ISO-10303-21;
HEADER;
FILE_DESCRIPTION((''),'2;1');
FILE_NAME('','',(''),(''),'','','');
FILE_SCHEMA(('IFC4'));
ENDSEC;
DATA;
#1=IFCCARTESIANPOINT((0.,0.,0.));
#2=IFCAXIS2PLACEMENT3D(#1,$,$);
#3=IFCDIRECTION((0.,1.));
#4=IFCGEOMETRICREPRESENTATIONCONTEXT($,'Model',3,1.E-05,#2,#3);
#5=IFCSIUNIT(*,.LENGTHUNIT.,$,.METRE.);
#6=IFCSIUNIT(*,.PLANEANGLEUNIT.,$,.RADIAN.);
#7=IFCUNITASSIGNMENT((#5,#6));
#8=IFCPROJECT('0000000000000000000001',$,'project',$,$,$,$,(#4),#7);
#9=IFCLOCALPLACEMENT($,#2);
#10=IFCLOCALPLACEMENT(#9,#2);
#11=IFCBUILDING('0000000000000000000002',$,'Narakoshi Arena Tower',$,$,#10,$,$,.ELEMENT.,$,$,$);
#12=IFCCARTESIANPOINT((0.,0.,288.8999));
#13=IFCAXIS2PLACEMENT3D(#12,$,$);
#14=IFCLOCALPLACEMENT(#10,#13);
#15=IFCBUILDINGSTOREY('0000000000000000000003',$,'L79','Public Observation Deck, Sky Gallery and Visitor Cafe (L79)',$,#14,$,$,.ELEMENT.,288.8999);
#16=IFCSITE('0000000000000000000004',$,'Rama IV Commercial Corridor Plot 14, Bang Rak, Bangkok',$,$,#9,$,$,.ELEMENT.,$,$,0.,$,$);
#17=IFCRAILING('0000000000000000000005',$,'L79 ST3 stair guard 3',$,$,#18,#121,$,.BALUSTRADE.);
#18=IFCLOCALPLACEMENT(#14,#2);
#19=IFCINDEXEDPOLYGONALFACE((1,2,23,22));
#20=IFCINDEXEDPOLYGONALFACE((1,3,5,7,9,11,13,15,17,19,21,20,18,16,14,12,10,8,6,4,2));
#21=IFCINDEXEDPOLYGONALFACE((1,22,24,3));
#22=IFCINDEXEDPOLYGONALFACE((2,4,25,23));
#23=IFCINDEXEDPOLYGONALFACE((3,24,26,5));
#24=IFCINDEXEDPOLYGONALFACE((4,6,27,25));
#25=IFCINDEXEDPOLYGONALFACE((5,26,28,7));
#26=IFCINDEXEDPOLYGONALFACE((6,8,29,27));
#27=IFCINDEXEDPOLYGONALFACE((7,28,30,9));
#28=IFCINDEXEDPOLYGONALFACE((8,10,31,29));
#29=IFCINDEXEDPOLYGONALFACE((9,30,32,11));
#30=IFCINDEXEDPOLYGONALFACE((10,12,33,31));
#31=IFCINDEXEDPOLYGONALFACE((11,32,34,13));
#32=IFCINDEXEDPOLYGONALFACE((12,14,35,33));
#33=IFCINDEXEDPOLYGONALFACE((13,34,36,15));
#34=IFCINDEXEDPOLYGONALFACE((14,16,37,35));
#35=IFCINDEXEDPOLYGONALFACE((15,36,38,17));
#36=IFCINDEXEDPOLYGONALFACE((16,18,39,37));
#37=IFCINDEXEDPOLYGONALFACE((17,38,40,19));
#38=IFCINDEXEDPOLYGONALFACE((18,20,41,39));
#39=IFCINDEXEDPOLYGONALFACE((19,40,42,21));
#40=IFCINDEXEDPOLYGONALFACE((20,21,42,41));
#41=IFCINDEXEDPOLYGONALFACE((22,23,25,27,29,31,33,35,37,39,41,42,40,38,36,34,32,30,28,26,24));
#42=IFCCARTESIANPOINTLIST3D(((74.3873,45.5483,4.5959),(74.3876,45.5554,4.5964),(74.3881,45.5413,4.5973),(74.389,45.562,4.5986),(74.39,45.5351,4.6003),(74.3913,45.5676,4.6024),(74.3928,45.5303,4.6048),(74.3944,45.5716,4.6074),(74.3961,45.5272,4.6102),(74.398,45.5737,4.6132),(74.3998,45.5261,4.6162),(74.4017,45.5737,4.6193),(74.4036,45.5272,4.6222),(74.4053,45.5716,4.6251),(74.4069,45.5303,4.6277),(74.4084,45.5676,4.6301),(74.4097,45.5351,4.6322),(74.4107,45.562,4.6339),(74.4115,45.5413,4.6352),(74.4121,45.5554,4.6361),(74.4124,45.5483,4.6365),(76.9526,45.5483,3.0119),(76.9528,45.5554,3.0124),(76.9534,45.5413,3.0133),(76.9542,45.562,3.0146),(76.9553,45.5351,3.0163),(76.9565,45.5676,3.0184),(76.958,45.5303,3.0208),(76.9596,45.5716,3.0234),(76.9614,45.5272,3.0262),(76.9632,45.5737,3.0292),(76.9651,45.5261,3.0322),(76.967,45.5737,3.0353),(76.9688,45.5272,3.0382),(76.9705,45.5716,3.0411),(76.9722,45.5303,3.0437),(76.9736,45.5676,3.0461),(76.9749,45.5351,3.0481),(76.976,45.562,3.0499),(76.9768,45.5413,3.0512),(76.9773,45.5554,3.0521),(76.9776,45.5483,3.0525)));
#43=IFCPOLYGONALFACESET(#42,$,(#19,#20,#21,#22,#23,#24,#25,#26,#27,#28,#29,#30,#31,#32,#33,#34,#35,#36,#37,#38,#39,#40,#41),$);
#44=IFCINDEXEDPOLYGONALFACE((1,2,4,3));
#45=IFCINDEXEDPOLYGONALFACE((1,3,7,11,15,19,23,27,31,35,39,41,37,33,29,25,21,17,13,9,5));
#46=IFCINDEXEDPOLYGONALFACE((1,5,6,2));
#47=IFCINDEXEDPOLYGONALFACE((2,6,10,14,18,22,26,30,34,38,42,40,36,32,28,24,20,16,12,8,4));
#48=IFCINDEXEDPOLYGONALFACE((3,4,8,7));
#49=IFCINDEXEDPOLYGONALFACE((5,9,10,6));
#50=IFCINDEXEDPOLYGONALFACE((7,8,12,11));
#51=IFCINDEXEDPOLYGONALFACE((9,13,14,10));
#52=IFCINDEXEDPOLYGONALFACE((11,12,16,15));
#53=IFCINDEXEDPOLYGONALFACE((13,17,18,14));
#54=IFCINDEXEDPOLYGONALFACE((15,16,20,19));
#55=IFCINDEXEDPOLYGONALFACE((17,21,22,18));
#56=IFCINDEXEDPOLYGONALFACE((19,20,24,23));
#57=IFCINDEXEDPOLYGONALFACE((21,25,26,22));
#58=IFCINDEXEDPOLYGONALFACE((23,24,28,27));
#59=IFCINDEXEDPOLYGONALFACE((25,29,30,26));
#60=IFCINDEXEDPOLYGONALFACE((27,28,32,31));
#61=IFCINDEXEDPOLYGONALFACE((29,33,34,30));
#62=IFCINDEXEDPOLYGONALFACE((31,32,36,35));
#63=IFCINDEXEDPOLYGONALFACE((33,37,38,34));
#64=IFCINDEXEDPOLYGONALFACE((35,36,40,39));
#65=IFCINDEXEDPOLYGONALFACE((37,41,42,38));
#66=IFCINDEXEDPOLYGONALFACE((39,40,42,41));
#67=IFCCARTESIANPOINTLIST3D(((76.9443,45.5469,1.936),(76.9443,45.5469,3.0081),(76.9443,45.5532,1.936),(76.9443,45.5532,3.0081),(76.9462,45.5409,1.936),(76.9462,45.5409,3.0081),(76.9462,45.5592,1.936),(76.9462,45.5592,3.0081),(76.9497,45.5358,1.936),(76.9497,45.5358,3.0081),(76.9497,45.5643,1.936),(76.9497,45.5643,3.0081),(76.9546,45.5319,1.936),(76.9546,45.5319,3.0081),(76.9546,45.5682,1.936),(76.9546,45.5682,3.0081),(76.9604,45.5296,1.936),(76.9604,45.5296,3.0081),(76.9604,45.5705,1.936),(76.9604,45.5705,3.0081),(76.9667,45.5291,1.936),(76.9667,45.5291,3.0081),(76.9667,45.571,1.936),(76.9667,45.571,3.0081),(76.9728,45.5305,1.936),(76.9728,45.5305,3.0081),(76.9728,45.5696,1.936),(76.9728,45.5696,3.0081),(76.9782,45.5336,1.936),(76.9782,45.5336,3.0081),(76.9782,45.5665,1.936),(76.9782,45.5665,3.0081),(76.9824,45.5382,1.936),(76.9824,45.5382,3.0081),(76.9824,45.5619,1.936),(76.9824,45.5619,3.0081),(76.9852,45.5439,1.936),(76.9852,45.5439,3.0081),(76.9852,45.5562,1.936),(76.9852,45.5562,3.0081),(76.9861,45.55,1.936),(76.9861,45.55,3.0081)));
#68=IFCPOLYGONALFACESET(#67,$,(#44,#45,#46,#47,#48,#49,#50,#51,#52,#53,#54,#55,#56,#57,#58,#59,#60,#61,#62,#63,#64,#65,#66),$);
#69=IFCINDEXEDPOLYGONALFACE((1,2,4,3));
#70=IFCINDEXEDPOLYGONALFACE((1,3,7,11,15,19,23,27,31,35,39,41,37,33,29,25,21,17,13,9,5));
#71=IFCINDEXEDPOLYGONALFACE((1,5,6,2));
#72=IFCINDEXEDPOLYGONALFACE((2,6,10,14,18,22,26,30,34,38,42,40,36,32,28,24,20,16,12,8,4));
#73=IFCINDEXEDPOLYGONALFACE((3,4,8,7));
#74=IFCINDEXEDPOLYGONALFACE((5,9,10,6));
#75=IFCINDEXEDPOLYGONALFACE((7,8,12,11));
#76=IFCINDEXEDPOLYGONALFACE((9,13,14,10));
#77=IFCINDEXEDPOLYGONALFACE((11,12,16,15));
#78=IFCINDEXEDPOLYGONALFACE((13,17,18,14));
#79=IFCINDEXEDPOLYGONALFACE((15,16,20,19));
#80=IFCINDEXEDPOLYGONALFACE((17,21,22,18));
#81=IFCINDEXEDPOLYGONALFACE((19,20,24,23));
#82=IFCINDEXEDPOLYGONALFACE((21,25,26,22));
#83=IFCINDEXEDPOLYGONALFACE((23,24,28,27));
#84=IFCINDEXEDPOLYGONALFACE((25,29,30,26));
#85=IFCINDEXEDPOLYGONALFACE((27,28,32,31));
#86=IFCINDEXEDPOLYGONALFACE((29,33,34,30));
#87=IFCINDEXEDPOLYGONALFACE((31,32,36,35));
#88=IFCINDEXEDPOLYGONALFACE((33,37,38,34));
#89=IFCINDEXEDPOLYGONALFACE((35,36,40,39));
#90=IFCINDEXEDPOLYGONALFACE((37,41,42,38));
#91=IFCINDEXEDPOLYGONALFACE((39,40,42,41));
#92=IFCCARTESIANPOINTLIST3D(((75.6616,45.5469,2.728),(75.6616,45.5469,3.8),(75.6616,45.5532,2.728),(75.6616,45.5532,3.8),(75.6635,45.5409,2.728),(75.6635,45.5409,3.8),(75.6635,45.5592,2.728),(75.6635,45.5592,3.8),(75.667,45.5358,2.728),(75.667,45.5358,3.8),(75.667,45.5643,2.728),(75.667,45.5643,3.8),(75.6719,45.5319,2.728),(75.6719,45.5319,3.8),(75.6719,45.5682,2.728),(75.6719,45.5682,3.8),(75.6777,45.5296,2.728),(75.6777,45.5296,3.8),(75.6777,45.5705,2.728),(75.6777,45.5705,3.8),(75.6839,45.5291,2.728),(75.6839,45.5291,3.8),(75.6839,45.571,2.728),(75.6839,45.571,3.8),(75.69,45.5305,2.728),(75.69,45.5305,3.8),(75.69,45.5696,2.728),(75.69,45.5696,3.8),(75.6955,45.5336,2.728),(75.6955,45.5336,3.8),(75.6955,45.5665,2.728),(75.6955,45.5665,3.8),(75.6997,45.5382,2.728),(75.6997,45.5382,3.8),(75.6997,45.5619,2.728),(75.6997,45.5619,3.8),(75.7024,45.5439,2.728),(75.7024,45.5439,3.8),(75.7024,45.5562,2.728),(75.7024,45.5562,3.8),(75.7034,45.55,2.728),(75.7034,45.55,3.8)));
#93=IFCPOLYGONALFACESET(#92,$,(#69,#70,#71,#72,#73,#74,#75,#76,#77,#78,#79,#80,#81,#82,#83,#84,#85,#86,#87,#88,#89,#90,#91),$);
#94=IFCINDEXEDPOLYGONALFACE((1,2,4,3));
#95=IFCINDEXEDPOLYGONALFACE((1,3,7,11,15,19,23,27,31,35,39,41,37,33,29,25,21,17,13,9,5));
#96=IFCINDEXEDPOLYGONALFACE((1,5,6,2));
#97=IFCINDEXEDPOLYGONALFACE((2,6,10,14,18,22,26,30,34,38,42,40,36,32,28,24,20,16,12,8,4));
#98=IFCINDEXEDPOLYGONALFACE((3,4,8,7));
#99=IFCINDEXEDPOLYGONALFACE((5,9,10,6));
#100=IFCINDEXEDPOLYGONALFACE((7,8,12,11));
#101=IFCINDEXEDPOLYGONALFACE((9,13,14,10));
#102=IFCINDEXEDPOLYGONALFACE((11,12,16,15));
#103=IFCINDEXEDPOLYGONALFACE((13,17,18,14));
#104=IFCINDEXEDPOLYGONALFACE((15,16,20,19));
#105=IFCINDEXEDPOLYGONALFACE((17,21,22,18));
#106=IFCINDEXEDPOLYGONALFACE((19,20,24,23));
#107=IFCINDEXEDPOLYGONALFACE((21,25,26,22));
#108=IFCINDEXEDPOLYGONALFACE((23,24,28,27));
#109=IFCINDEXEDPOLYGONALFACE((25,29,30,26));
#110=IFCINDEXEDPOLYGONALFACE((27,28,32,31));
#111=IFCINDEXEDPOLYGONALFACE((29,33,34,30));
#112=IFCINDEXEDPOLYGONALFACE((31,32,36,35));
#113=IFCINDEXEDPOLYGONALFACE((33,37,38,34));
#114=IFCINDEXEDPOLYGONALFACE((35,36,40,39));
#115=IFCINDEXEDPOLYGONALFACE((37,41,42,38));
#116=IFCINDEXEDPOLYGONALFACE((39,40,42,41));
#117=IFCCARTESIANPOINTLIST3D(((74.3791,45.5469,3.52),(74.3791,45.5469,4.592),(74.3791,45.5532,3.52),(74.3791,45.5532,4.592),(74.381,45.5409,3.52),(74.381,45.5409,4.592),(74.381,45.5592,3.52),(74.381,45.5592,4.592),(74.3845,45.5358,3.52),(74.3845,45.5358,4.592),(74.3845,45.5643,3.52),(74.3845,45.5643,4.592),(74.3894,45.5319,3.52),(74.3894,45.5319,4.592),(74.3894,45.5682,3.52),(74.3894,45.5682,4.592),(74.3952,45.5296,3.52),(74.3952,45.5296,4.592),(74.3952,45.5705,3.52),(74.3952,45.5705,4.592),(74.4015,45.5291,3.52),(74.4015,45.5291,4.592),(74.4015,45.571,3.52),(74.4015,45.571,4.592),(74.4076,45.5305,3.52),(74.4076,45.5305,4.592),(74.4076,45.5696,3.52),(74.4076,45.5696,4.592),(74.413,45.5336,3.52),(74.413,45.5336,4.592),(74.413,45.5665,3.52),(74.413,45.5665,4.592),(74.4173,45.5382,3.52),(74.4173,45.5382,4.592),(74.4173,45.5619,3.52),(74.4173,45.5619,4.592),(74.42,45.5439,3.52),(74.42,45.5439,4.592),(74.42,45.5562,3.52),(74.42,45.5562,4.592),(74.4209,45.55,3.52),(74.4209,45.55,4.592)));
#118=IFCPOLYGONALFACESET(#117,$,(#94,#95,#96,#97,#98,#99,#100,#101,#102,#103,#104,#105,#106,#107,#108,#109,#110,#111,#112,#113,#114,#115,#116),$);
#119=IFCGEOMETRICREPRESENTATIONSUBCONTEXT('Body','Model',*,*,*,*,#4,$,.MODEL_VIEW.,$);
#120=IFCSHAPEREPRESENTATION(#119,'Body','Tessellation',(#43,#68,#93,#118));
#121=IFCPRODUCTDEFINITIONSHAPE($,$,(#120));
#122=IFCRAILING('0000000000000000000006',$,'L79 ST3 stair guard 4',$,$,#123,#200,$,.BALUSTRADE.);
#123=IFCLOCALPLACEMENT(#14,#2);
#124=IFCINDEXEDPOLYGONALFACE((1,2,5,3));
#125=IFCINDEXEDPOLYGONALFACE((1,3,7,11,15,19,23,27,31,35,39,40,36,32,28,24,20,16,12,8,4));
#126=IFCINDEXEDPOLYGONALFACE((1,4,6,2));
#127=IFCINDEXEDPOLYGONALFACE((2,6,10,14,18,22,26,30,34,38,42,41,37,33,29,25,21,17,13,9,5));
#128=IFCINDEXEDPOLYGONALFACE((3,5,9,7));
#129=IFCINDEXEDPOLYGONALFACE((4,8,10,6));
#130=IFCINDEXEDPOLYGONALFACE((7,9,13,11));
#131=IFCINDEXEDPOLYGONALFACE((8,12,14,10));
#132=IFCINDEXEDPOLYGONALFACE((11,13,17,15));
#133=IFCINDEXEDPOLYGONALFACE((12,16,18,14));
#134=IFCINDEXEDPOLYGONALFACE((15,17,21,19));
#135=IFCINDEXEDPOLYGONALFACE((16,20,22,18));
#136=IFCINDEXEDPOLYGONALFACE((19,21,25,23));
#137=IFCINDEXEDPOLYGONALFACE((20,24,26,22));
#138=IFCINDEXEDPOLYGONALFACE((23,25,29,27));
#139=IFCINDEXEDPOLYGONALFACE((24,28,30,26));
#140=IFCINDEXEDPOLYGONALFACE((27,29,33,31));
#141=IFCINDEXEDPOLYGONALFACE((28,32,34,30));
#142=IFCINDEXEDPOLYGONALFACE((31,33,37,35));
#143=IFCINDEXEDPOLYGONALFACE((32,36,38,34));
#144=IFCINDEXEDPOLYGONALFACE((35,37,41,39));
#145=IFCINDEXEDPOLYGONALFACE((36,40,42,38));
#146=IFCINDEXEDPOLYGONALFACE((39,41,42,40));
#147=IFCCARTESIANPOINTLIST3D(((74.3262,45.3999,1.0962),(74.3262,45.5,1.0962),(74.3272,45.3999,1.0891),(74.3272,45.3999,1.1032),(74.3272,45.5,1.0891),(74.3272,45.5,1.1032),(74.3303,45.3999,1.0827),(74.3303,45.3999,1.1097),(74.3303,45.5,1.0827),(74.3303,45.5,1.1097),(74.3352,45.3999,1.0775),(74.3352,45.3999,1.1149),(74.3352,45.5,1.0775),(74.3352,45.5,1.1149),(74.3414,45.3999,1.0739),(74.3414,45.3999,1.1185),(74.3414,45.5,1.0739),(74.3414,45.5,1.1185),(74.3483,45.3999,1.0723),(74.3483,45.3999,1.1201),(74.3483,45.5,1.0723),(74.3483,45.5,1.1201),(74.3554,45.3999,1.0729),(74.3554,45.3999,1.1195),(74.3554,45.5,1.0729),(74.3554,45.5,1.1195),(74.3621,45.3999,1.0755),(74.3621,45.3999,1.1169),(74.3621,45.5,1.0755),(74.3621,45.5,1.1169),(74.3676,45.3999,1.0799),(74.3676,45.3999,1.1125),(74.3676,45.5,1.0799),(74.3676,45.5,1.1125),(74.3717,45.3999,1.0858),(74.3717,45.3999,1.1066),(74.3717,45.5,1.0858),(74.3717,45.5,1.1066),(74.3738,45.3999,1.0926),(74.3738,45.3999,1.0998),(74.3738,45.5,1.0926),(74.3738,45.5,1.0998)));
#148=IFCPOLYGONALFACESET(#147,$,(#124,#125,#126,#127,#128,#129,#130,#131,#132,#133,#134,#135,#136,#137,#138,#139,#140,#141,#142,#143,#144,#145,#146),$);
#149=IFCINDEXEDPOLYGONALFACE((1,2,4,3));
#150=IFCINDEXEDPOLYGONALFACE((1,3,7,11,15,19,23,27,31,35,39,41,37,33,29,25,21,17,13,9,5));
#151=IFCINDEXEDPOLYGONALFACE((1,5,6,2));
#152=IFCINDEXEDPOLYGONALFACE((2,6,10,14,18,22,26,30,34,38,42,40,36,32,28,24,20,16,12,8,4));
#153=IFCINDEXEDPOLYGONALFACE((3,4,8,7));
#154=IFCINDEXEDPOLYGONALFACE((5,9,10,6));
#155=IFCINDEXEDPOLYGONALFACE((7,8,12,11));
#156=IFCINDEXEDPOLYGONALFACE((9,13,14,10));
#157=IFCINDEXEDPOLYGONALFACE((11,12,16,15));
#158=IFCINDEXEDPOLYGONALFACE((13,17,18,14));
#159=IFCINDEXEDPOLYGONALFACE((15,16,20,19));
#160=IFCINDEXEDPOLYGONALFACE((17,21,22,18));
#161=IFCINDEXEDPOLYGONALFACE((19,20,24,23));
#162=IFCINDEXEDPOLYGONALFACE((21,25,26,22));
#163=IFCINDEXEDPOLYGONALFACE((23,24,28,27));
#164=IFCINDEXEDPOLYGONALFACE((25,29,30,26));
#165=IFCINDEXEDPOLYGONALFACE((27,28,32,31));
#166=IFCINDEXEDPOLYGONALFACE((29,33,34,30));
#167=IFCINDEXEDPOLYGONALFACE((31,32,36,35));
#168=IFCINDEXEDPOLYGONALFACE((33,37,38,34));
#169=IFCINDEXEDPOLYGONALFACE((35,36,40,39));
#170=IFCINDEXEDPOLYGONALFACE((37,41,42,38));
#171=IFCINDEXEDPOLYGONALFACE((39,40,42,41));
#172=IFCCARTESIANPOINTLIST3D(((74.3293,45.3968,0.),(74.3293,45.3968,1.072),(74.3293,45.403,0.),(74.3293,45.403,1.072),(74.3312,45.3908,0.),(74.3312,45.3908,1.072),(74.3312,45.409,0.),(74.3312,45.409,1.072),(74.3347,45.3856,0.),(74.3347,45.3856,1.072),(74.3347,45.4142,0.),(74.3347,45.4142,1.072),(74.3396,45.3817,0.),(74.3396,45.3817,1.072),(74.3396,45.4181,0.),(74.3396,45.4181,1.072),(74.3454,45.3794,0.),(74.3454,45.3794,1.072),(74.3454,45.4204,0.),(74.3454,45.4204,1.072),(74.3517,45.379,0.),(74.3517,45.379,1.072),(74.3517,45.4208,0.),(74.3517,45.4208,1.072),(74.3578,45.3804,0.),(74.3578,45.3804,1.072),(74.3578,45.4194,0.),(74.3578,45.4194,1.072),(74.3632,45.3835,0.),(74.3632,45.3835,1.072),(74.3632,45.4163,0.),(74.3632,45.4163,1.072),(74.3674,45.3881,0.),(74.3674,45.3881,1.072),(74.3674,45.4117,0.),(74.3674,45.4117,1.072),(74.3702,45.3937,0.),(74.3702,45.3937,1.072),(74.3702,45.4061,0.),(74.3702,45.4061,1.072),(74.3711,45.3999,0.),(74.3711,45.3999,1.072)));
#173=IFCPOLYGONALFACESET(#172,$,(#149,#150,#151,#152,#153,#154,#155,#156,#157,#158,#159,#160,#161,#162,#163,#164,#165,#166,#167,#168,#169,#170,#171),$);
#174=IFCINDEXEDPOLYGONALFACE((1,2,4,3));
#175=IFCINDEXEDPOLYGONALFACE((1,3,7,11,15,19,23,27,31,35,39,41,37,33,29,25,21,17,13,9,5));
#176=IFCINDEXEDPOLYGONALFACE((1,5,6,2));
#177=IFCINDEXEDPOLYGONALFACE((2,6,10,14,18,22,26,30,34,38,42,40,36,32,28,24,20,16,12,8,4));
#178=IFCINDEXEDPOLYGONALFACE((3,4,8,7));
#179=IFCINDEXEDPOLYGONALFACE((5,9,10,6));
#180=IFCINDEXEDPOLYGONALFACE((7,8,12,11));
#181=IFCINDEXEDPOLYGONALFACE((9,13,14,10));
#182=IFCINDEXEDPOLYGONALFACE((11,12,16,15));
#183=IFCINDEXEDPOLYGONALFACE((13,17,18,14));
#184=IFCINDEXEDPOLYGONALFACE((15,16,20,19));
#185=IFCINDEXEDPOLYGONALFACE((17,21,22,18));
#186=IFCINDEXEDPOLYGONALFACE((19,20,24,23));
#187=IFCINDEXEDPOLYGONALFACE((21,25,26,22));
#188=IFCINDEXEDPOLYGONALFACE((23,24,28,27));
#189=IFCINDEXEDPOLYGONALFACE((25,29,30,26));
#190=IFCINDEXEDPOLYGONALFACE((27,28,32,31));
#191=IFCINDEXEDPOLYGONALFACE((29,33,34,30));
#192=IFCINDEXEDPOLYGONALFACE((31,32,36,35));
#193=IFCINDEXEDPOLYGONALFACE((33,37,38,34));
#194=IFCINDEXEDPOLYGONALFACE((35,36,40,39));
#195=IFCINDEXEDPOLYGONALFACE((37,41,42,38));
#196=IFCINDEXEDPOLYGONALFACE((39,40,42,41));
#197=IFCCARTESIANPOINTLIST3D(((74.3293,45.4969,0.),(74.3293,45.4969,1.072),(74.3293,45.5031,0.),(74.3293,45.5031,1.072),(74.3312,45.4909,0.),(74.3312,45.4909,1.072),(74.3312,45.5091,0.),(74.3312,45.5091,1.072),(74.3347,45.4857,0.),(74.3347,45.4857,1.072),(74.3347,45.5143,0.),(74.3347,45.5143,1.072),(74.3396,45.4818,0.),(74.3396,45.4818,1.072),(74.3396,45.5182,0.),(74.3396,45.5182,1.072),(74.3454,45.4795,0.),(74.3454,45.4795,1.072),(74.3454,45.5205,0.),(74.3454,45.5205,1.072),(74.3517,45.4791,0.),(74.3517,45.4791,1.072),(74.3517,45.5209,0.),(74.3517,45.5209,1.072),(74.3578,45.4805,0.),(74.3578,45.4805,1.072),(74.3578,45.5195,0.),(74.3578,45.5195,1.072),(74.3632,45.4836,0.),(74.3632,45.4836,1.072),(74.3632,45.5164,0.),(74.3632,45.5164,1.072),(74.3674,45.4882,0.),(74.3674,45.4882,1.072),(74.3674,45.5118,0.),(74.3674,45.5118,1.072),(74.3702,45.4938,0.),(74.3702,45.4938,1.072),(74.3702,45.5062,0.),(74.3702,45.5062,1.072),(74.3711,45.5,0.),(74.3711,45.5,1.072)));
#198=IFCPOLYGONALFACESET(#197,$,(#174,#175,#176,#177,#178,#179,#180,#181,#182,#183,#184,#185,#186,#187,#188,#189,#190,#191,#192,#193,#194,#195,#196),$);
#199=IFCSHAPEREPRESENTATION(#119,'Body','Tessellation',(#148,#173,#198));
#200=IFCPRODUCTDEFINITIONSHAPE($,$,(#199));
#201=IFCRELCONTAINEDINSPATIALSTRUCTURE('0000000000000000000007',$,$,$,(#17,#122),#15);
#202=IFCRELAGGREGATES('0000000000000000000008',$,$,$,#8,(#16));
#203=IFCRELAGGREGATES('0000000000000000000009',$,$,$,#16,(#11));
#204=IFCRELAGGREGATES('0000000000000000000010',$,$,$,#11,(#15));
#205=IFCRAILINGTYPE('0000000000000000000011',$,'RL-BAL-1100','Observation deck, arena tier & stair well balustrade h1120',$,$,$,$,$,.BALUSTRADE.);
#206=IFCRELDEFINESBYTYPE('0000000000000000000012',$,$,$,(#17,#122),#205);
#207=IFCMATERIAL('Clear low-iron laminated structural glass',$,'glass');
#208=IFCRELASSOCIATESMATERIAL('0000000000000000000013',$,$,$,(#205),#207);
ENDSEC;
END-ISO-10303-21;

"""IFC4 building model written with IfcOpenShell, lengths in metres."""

from ifc_helpers import new_model, si_unit, direction, frame, origin, origin_2d, place, context, subcontext, project, spatial, circle, extrude, material, type_object, element, save


model = new_model("IFC4")

# Units and contexts
model_context = context("Model", 3, precision=1e-05, world=origin(), true_north=direction((0.0, 1.0)))
body_context = subcontext(model_context, "Body", "Model", "MODEL_VIEW")
ifc_project = project(units=[si_unit("LENGTHUNIT", "METRE"), si_unit("PLANEANGLEUNIT", "RADIAN")], contexts=[model_context])

# Site, building, storey
site_placement = place(None, origin())
site = spatial("IfcSite", under=ifc_project, at=site_placement, Name="Rama IV Commercial Corridor Plot 14, Bang Rak, Bangkok", CompositionType="ELEMENT", RefElevation=0.0)
building_placement = place(site_placement, origin())
building = spatial("IfcBuilding", under=site, at=building_placement, Name="Narakoshi Arena Tower", CompositionType="ELEMENT")
storey_placement = place(building_placement, frame((0.0, 0.0, 288.8999)))
storey = spatial("IfcBuildingStorey", under=building, at=storey_placement, Name="L79", Description="Public Observation Deck, Sky Gallery and Visitor Cafe (L79)", CompositionType="ELEMENT", Elevation=288.8999)

# Railings
ifc_material_1 = material(Name="Clear low-iron laminated structural glass", Category="glass")
railing_type_1 = type_object("IfcRailingType", Name="RL-BAL-1100", Description="Observation deck, arena tier & stair well balustrade h1120", PredefinedType="BALUSTRADE", material=ifc_material_1)
railing_1_placement = place(storey_placement, frame((76.9651, 45.55, 1.936)))
element("IfcRailing", 1, at=railing_1_placement, inside=storey, type_object=railing_type_1, Name="L79 ST3 stair guard 3", PredefinedType="BALUSTRADE", context=body_context, shape_type="SweptSolid", body=[
    extrude(circle(Radius=0.0239, at=origin_2d()), frame((0.0, 0.0, 1.0962), z_axis=(-0.850857, 0.0, 0.525398), x_axis=(0.0, -1.0, 0.0)), (0.0, 0.0, 1.0), 3.0149),
    extrude(circle(Radius=0.021, at=origin_2d()), origin(), (0.0, 0.0, 1.0), 1.072),
    extrude(circle(Radius=0.021, at=origin_2d()), frame((-1.2827, 0.0, 0.792)), (0.0, 0.0, 1.0), 1.072),
    extrude(circle(Radius=0.021, at=origin_2d()), frame((-2.5652, 0.0, 1.584)), (0.0, 0.0, 1.0), 1.072),
])
railing_2_placement = place(storey_placement, frame((74.3501, 45.3999, 0.0)))
element("IfcRailing", 2, at=railing_2_placement, inside=storey, type_object=railing_type_1, Name="L79 ST3 stair guard 4", PredefinedType="BALUSTRADE", context=body_context, shape_type="SweptSolid", body=[
    extrude(circle(Radius=0.0239, at=origin_2d()), frame((0.0, 0.0, 1.0962), z_axis=(0.0, 1.0, 0.0), x_axis=(-1.0, 0.0, 0.0)), (0.0, 0.0, 1.0), 0.1001),
    extrude(circle(Radius=0.021, at=origin_2d()), origin(), (0.0, 0.0, 1.0), 1.072),
    extrude(circle(Radius=0.021, at=origin_2d()), frame((0.0, 0.1001, 0.0)), (0.0, 0.0, 1.0), 1.072),
])

save(model, "model.ifc")
